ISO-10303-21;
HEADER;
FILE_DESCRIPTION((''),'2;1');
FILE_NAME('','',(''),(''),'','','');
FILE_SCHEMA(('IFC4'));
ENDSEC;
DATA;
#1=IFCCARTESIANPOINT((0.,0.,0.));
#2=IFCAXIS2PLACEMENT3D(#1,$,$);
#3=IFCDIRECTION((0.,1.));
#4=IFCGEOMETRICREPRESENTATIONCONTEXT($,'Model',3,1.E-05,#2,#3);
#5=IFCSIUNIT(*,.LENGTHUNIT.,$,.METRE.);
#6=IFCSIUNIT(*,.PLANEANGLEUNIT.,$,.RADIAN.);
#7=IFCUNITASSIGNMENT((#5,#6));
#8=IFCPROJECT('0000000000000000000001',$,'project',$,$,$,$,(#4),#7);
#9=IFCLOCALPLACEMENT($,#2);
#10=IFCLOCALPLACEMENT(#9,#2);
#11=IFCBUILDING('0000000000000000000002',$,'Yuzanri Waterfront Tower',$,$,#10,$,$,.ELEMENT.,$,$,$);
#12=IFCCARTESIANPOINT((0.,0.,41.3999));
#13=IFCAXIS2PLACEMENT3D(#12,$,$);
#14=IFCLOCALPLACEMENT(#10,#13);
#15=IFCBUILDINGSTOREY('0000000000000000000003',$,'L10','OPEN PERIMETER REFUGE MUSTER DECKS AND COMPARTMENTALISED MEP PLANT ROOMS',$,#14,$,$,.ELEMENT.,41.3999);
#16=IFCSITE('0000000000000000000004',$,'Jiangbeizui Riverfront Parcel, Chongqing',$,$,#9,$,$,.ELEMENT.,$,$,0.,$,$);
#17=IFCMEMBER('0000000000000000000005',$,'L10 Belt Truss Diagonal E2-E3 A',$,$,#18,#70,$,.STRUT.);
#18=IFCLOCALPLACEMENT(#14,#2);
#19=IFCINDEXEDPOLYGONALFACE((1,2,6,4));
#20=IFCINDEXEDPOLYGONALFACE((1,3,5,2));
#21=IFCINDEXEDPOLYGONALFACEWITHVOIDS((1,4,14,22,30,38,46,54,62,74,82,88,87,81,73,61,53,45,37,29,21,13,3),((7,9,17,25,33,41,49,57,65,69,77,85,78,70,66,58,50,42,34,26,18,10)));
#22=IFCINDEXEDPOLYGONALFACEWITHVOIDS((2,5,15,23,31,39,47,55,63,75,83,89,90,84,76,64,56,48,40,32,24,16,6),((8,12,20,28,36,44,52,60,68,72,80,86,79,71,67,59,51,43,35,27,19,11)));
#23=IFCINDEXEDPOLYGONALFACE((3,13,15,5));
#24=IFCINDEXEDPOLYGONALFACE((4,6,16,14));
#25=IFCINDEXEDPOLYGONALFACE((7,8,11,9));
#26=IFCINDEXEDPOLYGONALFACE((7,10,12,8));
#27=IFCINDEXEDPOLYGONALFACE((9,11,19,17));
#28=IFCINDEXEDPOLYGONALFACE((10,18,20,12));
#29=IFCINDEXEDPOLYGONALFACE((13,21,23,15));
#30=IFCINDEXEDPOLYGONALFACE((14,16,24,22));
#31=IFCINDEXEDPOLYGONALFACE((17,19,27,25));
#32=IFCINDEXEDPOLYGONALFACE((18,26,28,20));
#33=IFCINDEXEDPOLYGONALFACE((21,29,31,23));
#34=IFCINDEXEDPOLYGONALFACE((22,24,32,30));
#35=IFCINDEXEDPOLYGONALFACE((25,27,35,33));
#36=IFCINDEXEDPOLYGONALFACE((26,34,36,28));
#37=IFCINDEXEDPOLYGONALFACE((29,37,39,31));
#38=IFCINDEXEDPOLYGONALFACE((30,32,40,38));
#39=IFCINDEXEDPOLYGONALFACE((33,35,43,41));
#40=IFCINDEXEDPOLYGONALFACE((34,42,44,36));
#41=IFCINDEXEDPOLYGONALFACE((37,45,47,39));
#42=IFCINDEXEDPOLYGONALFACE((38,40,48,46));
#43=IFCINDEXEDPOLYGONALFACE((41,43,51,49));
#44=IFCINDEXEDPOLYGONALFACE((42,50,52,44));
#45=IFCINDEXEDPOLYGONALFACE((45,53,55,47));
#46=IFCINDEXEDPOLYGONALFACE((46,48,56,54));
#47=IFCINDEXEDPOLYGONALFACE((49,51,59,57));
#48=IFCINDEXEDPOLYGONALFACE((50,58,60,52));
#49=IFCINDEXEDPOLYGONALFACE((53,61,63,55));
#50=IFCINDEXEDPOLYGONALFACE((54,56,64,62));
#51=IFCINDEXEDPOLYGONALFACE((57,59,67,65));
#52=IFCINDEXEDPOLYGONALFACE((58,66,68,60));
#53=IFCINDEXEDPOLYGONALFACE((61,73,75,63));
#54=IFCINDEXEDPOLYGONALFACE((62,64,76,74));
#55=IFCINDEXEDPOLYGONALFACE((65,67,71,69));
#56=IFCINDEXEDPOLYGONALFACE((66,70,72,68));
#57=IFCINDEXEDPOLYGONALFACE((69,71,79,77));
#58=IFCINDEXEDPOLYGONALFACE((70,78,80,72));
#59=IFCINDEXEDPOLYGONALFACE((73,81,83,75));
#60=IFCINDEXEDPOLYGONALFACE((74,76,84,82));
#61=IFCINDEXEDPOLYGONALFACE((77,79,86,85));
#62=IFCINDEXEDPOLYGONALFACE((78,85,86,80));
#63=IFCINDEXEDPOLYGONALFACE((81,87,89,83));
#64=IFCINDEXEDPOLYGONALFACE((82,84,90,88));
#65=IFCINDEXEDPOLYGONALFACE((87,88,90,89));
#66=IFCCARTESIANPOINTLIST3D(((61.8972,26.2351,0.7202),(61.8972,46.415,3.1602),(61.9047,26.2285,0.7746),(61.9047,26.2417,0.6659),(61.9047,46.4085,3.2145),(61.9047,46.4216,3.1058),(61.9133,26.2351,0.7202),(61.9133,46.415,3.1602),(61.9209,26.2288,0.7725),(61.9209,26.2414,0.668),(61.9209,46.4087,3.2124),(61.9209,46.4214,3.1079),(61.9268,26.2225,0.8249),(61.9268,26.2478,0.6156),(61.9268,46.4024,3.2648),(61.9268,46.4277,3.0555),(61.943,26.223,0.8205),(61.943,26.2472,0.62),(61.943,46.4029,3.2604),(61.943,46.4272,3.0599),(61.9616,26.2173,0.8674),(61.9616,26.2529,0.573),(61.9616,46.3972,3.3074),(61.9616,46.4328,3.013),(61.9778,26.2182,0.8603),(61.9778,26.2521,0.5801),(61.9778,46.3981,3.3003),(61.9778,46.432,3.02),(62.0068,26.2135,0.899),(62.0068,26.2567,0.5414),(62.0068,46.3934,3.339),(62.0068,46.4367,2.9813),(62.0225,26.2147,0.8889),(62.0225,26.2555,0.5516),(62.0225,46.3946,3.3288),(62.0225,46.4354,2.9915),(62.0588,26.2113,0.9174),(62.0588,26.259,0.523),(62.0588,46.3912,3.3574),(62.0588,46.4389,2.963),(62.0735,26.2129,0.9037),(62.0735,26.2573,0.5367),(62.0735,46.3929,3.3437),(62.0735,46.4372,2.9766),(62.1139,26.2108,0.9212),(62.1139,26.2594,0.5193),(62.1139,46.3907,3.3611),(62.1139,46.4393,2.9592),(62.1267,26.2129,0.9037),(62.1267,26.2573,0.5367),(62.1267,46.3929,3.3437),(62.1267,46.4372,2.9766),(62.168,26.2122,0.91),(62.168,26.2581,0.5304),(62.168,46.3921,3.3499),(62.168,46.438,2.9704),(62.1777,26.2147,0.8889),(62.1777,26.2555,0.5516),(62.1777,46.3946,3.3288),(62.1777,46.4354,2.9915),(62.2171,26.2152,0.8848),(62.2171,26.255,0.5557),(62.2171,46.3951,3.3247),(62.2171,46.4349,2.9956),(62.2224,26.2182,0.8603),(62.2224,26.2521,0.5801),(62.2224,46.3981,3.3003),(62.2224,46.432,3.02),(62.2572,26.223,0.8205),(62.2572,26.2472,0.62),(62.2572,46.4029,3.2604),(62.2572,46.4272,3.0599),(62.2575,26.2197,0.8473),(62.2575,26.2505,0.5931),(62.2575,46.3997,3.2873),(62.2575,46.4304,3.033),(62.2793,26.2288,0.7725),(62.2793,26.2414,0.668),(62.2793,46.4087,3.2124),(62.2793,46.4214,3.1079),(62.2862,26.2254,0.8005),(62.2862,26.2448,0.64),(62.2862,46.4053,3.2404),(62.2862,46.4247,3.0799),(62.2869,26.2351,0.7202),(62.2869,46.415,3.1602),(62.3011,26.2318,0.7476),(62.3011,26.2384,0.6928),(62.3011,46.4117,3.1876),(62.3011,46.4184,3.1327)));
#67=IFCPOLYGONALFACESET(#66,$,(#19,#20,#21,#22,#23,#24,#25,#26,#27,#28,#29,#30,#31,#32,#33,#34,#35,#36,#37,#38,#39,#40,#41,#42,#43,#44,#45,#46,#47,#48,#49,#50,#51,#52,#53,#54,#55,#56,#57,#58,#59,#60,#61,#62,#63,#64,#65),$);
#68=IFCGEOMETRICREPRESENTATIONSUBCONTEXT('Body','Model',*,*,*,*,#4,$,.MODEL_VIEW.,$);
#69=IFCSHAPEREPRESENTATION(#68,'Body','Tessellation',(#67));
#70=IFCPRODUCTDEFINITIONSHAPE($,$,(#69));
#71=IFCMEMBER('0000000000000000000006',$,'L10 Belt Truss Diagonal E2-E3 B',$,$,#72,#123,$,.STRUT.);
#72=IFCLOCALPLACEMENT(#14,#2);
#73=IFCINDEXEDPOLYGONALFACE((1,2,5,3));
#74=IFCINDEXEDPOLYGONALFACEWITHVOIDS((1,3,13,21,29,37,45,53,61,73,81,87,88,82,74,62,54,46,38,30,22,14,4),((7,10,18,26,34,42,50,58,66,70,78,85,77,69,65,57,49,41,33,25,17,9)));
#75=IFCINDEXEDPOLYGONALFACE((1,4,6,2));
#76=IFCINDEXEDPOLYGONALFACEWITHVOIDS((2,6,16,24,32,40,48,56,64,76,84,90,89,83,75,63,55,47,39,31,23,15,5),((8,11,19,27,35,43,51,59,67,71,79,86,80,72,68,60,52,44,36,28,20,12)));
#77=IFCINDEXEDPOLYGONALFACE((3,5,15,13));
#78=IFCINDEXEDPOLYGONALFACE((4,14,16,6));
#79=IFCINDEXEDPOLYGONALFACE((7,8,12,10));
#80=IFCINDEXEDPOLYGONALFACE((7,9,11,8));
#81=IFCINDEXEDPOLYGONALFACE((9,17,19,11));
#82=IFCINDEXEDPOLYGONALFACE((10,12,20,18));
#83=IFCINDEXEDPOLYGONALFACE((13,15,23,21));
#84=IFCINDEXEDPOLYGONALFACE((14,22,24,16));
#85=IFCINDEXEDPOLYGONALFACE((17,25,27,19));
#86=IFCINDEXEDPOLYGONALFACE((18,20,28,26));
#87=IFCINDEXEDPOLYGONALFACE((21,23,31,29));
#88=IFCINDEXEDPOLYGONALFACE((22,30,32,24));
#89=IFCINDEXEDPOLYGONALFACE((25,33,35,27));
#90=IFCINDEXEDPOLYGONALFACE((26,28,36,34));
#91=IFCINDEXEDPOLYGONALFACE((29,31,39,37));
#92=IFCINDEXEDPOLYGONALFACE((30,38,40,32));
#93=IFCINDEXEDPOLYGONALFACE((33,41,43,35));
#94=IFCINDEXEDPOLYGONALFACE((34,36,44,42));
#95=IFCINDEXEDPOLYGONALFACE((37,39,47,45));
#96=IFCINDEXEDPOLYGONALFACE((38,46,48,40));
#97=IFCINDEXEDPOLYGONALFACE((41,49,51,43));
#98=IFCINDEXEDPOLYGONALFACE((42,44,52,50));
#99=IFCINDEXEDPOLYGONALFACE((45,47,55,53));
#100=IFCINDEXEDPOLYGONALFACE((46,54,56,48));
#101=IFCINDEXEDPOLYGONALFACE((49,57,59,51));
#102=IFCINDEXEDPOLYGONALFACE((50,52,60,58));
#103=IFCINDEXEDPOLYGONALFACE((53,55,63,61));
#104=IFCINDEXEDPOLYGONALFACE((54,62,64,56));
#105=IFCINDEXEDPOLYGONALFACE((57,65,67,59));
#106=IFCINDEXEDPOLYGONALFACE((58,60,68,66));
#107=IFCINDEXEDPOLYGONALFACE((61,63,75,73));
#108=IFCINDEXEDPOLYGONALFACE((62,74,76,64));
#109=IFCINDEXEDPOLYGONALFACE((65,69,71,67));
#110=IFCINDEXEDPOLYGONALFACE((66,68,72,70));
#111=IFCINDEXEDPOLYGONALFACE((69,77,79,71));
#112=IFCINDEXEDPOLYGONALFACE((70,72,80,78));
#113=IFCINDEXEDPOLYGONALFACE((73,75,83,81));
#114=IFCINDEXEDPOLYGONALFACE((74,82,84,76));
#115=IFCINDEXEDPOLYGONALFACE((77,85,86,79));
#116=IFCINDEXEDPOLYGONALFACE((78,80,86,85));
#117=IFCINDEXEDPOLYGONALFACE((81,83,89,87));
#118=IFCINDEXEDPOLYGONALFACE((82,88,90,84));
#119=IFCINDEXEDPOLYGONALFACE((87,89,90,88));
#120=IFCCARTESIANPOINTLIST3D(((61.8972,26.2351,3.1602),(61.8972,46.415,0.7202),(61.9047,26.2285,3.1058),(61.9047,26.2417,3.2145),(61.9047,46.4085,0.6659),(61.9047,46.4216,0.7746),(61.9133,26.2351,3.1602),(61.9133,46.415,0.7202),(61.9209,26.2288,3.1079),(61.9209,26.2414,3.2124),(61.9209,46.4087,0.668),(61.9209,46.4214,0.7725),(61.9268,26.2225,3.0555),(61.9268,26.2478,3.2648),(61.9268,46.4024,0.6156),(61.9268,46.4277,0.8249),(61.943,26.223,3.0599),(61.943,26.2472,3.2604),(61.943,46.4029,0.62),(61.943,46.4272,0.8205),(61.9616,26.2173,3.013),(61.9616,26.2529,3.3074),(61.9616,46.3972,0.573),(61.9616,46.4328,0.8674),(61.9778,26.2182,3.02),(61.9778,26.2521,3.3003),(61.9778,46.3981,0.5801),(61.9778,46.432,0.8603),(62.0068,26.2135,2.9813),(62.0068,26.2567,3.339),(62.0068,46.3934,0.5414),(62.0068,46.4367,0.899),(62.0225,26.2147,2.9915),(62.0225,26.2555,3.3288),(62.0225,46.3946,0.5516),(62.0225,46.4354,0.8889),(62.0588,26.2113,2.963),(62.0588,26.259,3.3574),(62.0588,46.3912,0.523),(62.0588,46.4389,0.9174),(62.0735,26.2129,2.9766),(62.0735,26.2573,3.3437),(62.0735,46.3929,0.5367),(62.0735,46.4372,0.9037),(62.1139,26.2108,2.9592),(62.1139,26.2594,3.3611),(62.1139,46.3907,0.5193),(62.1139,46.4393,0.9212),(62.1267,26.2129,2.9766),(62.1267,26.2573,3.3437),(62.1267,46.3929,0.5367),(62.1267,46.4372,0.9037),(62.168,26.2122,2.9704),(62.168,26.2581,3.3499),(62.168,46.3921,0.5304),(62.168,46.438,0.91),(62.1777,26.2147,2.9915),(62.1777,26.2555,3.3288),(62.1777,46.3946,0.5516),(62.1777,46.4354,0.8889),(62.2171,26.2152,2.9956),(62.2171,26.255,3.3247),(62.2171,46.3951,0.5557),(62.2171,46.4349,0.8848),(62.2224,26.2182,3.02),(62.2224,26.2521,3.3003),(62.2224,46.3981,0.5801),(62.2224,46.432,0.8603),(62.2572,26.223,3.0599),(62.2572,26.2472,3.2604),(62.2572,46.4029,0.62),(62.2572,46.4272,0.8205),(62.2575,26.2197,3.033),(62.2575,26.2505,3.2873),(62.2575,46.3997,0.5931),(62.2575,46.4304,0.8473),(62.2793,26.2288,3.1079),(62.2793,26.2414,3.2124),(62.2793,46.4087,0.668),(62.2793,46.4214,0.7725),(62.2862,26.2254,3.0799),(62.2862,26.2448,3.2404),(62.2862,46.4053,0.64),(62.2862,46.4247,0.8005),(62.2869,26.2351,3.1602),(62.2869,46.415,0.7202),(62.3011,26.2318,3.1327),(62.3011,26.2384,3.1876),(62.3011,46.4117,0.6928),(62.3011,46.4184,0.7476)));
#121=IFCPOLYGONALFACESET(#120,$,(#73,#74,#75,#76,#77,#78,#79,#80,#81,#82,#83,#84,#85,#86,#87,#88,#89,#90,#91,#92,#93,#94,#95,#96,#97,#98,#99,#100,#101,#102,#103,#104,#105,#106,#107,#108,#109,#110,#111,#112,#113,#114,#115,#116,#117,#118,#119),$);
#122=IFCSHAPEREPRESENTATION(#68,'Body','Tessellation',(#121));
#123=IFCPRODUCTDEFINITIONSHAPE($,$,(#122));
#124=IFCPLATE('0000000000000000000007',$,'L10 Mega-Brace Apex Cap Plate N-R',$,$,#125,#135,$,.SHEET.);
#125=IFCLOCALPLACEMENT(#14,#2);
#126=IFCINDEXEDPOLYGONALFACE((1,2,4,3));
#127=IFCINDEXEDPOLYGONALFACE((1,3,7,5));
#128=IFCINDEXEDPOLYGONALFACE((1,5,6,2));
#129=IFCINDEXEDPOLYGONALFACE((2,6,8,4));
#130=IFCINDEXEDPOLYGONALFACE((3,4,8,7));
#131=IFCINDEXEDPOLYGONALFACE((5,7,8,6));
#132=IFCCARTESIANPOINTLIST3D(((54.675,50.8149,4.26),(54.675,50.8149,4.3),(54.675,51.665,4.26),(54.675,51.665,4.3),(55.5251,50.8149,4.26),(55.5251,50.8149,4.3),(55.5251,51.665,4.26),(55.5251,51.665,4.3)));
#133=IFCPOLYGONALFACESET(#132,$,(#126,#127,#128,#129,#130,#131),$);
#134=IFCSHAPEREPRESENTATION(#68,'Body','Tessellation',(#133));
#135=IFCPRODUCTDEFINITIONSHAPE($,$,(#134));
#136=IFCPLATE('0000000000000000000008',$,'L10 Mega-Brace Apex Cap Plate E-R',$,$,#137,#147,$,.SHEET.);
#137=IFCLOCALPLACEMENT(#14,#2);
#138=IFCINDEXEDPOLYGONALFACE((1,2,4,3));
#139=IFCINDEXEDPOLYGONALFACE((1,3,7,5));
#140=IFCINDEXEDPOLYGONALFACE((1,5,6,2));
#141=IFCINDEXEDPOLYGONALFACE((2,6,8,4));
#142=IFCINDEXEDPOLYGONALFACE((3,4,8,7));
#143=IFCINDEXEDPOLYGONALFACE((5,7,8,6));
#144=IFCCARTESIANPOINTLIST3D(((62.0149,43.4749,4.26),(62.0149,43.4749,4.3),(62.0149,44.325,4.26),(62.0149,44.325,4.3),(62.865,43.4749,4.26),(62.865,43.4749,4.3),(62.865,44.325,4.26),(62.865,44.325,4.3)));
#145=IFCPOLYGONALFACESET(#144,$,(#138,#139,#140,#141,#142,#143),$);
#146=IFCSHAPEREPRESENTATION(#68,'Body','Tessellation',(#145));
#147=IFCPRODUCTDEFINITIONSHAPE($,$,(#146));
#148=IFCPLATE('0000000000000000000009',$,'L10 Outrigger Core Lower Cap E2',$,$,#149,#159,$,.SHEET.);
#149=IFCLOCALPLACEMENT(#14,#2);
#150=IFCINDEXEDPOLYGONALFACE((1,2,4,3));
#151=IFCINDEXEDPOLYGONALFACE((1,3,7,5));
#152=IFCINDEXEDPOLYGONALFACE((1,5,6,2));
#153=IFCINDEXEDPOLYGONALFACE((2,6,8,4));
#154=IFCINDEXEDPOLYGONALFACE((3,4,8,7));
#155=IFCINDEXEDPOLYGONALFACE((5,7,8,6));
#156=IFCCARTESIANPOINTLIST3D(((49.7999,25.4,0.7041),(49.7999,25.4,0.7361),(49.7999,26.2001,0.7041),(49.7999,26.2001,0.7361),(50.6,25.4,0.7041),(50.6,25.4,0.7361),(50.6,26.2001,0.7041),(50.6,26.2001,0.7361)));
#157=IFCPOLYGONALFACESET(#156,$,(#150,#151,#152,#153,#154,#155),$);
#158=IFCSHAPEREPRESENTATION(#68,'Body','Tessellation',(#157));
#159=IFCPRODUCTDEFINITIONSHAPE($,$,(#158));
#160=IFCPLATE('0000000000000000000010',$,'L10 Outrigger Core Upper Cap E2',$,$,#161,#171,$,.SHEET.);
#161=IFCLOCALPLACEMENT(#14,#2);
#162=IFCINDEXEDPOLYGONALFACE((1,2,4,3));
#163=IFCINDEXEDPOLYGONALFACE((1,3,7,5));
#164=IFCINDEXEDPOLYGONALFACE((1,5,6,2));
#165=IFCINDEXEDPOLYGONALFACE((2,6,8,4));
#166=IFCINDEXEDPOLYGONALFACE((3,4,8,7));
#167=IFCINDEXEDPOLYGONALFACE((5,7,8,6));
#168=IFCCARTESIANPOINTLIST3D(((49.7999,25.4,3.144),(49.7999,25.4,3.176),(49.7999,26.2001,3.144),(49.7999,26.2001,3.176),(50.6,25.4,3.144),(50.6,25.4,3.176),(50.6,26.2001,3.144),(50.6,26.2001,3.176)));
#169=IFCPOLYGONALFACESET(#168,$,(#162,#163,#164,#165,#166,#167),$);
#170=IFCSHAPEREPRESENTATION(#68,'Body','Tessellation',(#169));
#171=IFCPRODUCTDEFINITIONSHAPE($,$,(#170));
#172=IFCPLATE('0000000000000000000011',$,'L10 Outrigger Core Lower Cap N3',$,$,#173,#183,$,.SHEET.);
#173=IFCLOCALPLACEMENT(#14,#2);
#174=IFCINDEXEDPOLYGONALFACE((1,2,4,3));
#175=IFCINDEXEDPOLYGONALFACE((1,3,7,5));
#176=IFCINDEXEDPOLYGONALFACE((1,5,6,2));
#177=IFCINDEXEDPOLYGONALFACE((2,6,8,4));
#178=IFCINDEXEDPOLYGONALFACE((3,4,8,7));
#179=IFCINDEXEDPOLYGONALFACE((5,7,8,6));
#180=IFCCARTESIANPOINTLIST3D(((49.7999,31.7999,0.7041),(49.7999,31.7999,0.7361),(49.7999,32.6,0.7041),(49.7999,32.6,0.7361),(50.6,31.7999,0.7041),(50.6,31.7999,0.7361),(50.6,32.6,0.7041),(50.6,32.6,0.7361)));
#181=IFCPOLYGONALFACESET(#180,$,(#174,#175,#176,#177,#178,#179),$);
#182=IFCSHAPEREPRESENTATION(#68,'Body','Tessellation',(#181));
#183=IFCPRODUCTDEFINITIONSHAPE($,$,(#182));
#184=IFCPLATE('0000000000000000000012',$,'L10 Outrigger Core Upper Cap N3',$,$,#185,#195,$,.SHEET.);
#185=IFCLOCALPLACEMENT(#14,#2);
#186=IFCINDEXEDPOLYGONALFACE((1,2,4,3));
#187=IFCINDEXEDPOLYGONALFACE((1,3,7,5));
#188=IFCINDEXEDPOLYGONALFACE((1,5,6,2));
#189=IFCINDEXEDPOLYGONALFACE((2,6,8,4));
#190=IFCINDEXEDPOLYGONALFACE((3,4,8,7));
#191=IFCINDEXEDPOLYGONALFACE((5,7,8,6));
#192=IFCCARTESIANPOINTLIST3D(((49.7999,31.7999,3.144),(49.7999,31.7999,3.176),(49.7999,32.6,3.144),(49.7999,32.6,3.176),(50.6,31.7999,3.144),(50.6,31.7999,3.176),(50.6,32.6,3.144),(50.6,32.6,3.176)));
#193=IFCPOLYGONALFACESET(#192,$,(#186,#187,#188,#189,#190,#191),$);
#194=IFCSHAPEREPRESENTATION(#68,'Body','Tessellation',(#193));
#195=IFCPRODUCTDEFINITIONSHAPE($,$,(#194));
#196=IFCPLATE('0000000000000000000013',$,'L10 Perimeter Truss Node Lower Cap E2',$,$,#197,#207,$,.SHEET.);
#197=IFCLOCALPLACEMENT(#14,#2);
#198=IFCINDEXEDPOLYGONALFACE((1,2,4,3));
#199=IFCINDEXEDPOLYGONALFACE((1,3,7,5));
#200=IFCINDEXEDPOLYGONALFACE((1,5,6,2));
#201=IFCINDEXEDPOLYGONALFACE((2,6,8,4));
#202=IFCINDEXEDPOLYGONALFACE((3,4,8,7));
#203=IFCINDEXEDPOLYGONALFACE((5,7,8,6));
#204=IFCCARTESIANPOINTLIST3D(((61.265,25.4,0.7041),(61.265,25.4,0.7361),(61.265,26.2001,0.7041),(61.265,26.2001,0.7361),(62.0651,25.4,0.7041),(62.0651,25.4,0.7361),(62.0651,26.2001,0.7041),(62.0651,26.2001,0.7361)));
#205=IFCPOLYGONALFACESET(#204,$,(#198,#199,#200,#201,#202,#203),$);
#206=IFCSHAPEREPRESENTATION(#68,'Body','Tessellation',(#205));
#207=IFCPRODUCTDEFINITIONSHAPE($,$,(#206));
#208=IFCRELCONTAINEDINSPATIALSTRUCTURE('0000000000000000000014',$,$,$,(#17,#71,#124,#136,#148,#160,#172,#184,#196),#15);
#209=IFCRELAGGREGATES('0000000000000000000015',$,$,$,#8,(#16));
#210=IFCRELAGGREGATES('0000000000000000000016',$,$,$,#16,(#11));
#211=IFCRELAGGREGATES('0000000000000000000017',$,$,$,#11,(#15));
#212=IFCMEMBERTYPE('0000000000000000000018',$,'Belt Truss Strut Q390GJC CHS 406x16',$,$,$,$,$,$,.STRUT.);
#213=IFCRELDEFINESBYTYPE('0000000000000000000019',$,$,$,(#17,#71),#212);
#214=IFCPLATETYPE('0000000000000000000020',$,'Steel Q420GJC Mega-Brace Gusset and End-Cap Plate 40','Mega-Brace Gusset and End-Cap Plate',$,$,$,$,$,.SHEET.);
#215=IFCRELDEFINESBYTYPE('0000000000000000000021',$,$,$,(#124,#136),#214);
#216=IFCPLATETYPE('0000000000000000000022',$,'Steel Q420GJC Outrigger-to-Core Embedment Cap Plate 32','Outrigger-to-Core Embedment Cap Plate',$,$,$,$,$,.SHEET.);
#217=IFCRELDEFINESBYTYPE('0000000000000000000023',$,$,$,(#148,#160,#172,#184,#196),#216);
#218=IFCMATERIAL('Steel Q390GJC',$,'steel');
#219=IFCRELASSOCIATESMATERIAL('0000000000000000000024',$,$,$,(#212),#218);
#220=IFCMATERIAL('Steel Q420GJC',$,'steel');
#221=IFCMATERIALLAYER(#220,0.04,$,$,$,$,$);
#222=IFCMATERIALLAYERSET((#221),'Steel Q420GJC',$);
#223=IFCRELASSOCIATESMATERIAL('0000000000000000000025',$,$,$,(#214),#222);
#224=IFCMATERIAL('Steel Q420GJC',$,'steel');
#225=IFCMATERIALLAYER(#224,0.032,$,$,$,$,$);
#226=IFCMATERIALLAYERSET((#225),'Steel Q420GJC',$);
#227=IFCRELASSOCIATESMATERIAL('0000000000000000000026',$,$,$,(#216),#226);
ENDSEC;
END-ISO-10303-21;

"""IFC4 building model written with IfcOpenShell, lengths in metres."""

from ifc_helpers import new_model, si_unit, direction, frame, origin, origin_2d, place, context, subcontext, project, spatial, rectangle, hollow_circle, extrude, source, transform, mapped, material, layer, layer_set, material_profile, profile_set, type_object, element, save


model = new_model("IFC4")

# Units and contexts
model_context = context("Model", 3, precision=1e-05, world=origin(), true_north=direction((0.0, 1.0)))
body_context = subcontext(model_context, "Body", "Model", "MODEL_VIEW")
ifc_project = project(units=[si_unit("LENGTHUNIT", "METRE"), si_unit("PLANEANGLEUNIT", "RADIAN")], contexts=[model_context])

# Site, building, storey
site_placement = place(None, origin())
site = spatial("IfcSite", under=ifc_project, at=site_placement, Name="Jiangbeizui Riverfront Parcel, Chongqing", CompositionType="ELEMENT", RefElevation=0.0)
building_placement = place(site_placement, origin())
building = spatial("IfcBuilding", under=site, at=building_placement, Name="Yuzanri Waterfront Tower", CompositionType="ELEMENT")
storey_placement = place(building_placement, frame((0.0, 0.0, 41.3999)))
storey = spatial("IfcBuildingStorey", under=building, at=storey_placement, Name="L10", Description="OPEN PERIMETER REFUGE MUSTER DECKS AND COMPARTMENTALISED MEP PLANT ROOMS", CompositionType="ELEMENT", Elevation=41.3999)

# Members
ifc_material_1 = material(Name="Steel Q390GJC", Category="steel")
ifc_material_profile_1 = material_profile(ifc_material_1, hollow_circle(Radius=0.2029, WallThickness=0.0161, at=origin_2d()), Name="CHS 406x16")
ifc_profile_set_1 = profile_set([ifc_material_profile_1], Name="Steel Q390GJC")
member_type_1 = type_object("IfcMemberType", Name="Belt Truss Strut Q390GJC CHS 406x16", PredefinedType="STRUT", material=ifc_profile_set_1)
shared_shape_1 = source(origin(), body_context, "Body", "SweptSolid", [
    extrude(hollow_circle(Radius=0.2029, WallThickness=0.0161, at=origin_2d()), origin(), (0.0, 0.0, 1.0), 20.3269),
])
for number, where, z_axis, x_axis, name in (
    (1, (62.1001, 26.2351, 0.7202), (0.0, 0.99277, 0.120035), (-1.0, 0.0, 0.0), "L10 Belt Truss Diagonal E2-E3 A"),
    (2, (62.1001, 26.2351, 3.1602), (0.0, 0.99277, -0.120035), (-1.0, 0.0, 0.0), "L10 Belt Truss Diagonal E2-E3 B"),
):
    element("IfcMember", number, at=place(storey_placement, frame(where, z_axis=z_axis, x_axis=x_axis)), inside=storey, type_object=member_type_1, Name=name, PredefinedType="STRUT", context=body_context, shape_type="MappedRepresentation", body=[
        mapped(shared_shape_1, transform((0.0, 0.0, 0.0), scale=1.0)),
    ])

# Plates
ifc_material_2 = material(Name="Steel Q420GJC", Category="steel")
ifc_layer_1 = layer(ifc_material_2, 0.04)
ifc_layer_set_1 = layer_set([ifc_layer_1], Name="Steel Q420GJC")
plate_type_1 = type_object("IfcPlateType", Name="Steel Q420GJC Mega-Brace Gusset and End-Cap Plate 40", Description="Mega-Brace Gusset and End-Cap Plate", PredefinedType="SHEET", material=ifc_layer_set_1)
shared_shape_2 = source(origin(), body_context, "Body", "SweptSolid", [
    extrude(rectangle(XDim=0.8501, YDim=0.8501, at=origin_2d()), origin(), (0.0, 0.0, 1.0), 0.04),
])
for number, where, z_axis, x_axis, name in (
    (3, (55.1001, 51.24, 4.26), (0.0, 0.0, 1.0), (1.0, 0.0, 0.0), "L10 Mega-Brace Apex Cap Plate N-R"),
    (4, (62.4399, 43.8999, 4.26), (0.0, 0.0, 1.0), (1.0, 0.0, 0.0), "L10 Mega-Brace Apex Cap Plate E-R"),
):
    element("IfcPlate", number, at=place(storey_placement, frame(where, z_axis=z_axis, x_axis=x_axis)), inside=storey, type_object=plate_type_1, Name=name, PredefinedType="SHEET", context=body_context, shape_type="MappedRepresentation", body=[
        mapped(shared_shape_2, transform((0.0, 0.0, 0.0), scale=1.0)),
    ])
ifc_material_3 = material(Name="Steel Q420GJC", Category="steel")
ifc_layer_2 = layer(ifc_material_3, 0.032)
ifc_layer_set_2 = layer_set([ifc_layer_2], Name="Steel Q420GJC")
plate_type_2 = type_object("IfcPlateType", Name="Steel Q420GJC Outrigger-to-Core Embedment Cap Plate 32", Description="Outrigger-to-Core Embedment Cap Plate", PredefinedType="SHEET", material=ifc_layer_set_2)
shared_shape_3 = source(origin(), body_context, "Body", "SweptSolid", [
    extrude(rectangle(XDim=0.8, YDim=0.8, at=origin_2d()), origin(), (0.0, 0.0, 1.0), 0.032),
])
for number, where, z_axis, x_axis, name in (
    (5, (50.2, 25.8, 0.7041), (0.0, 0.0, 1.0), (1.0, 0.0, 0.0), "L10 Outrigger Core Lower Cap E2"),
    (6, (50.2, 25.8, 3.144), (0.0, 0.0, 1.0), (1.0, 0.0, 0.0), "L10 Outrigger Core Upper Cap E2"),
    (7, (50.2, 32.2, 0.7041), (0.0, 0.0, 1.0), (1.0, 0.0, 0.0), "L10 Outrigger Core Lower Cap N3"),
    (8, (50.2, 32.2, 3.144), (0.0, 0.0, 1.0), (1.0, 0.0, 0.0), "L10 Outrigger Core Upper Cap N3"),
    (9, (61.665, 25.8, 0.7041), (0.0, 0.0, 1.0), (1.0, 0.0, 0.0), "L10 Perimeter Truss Node Lower Cap E2"),
):
    element("IfcPlate", number, at=place(storey_placement, frame(where, z_axis=z_axis, x_axis=x_axis)), inside=storey, type_object=plate_type_2, Name=name, PredefinedType="SHEET", context=body_context, shape_type="MappedRepresentation", body=[
        mapped(shared_shape_3, transform((0.0, 0.0, 0.0), scale=1.0)),
    ])

save(model, "model.ifc")
